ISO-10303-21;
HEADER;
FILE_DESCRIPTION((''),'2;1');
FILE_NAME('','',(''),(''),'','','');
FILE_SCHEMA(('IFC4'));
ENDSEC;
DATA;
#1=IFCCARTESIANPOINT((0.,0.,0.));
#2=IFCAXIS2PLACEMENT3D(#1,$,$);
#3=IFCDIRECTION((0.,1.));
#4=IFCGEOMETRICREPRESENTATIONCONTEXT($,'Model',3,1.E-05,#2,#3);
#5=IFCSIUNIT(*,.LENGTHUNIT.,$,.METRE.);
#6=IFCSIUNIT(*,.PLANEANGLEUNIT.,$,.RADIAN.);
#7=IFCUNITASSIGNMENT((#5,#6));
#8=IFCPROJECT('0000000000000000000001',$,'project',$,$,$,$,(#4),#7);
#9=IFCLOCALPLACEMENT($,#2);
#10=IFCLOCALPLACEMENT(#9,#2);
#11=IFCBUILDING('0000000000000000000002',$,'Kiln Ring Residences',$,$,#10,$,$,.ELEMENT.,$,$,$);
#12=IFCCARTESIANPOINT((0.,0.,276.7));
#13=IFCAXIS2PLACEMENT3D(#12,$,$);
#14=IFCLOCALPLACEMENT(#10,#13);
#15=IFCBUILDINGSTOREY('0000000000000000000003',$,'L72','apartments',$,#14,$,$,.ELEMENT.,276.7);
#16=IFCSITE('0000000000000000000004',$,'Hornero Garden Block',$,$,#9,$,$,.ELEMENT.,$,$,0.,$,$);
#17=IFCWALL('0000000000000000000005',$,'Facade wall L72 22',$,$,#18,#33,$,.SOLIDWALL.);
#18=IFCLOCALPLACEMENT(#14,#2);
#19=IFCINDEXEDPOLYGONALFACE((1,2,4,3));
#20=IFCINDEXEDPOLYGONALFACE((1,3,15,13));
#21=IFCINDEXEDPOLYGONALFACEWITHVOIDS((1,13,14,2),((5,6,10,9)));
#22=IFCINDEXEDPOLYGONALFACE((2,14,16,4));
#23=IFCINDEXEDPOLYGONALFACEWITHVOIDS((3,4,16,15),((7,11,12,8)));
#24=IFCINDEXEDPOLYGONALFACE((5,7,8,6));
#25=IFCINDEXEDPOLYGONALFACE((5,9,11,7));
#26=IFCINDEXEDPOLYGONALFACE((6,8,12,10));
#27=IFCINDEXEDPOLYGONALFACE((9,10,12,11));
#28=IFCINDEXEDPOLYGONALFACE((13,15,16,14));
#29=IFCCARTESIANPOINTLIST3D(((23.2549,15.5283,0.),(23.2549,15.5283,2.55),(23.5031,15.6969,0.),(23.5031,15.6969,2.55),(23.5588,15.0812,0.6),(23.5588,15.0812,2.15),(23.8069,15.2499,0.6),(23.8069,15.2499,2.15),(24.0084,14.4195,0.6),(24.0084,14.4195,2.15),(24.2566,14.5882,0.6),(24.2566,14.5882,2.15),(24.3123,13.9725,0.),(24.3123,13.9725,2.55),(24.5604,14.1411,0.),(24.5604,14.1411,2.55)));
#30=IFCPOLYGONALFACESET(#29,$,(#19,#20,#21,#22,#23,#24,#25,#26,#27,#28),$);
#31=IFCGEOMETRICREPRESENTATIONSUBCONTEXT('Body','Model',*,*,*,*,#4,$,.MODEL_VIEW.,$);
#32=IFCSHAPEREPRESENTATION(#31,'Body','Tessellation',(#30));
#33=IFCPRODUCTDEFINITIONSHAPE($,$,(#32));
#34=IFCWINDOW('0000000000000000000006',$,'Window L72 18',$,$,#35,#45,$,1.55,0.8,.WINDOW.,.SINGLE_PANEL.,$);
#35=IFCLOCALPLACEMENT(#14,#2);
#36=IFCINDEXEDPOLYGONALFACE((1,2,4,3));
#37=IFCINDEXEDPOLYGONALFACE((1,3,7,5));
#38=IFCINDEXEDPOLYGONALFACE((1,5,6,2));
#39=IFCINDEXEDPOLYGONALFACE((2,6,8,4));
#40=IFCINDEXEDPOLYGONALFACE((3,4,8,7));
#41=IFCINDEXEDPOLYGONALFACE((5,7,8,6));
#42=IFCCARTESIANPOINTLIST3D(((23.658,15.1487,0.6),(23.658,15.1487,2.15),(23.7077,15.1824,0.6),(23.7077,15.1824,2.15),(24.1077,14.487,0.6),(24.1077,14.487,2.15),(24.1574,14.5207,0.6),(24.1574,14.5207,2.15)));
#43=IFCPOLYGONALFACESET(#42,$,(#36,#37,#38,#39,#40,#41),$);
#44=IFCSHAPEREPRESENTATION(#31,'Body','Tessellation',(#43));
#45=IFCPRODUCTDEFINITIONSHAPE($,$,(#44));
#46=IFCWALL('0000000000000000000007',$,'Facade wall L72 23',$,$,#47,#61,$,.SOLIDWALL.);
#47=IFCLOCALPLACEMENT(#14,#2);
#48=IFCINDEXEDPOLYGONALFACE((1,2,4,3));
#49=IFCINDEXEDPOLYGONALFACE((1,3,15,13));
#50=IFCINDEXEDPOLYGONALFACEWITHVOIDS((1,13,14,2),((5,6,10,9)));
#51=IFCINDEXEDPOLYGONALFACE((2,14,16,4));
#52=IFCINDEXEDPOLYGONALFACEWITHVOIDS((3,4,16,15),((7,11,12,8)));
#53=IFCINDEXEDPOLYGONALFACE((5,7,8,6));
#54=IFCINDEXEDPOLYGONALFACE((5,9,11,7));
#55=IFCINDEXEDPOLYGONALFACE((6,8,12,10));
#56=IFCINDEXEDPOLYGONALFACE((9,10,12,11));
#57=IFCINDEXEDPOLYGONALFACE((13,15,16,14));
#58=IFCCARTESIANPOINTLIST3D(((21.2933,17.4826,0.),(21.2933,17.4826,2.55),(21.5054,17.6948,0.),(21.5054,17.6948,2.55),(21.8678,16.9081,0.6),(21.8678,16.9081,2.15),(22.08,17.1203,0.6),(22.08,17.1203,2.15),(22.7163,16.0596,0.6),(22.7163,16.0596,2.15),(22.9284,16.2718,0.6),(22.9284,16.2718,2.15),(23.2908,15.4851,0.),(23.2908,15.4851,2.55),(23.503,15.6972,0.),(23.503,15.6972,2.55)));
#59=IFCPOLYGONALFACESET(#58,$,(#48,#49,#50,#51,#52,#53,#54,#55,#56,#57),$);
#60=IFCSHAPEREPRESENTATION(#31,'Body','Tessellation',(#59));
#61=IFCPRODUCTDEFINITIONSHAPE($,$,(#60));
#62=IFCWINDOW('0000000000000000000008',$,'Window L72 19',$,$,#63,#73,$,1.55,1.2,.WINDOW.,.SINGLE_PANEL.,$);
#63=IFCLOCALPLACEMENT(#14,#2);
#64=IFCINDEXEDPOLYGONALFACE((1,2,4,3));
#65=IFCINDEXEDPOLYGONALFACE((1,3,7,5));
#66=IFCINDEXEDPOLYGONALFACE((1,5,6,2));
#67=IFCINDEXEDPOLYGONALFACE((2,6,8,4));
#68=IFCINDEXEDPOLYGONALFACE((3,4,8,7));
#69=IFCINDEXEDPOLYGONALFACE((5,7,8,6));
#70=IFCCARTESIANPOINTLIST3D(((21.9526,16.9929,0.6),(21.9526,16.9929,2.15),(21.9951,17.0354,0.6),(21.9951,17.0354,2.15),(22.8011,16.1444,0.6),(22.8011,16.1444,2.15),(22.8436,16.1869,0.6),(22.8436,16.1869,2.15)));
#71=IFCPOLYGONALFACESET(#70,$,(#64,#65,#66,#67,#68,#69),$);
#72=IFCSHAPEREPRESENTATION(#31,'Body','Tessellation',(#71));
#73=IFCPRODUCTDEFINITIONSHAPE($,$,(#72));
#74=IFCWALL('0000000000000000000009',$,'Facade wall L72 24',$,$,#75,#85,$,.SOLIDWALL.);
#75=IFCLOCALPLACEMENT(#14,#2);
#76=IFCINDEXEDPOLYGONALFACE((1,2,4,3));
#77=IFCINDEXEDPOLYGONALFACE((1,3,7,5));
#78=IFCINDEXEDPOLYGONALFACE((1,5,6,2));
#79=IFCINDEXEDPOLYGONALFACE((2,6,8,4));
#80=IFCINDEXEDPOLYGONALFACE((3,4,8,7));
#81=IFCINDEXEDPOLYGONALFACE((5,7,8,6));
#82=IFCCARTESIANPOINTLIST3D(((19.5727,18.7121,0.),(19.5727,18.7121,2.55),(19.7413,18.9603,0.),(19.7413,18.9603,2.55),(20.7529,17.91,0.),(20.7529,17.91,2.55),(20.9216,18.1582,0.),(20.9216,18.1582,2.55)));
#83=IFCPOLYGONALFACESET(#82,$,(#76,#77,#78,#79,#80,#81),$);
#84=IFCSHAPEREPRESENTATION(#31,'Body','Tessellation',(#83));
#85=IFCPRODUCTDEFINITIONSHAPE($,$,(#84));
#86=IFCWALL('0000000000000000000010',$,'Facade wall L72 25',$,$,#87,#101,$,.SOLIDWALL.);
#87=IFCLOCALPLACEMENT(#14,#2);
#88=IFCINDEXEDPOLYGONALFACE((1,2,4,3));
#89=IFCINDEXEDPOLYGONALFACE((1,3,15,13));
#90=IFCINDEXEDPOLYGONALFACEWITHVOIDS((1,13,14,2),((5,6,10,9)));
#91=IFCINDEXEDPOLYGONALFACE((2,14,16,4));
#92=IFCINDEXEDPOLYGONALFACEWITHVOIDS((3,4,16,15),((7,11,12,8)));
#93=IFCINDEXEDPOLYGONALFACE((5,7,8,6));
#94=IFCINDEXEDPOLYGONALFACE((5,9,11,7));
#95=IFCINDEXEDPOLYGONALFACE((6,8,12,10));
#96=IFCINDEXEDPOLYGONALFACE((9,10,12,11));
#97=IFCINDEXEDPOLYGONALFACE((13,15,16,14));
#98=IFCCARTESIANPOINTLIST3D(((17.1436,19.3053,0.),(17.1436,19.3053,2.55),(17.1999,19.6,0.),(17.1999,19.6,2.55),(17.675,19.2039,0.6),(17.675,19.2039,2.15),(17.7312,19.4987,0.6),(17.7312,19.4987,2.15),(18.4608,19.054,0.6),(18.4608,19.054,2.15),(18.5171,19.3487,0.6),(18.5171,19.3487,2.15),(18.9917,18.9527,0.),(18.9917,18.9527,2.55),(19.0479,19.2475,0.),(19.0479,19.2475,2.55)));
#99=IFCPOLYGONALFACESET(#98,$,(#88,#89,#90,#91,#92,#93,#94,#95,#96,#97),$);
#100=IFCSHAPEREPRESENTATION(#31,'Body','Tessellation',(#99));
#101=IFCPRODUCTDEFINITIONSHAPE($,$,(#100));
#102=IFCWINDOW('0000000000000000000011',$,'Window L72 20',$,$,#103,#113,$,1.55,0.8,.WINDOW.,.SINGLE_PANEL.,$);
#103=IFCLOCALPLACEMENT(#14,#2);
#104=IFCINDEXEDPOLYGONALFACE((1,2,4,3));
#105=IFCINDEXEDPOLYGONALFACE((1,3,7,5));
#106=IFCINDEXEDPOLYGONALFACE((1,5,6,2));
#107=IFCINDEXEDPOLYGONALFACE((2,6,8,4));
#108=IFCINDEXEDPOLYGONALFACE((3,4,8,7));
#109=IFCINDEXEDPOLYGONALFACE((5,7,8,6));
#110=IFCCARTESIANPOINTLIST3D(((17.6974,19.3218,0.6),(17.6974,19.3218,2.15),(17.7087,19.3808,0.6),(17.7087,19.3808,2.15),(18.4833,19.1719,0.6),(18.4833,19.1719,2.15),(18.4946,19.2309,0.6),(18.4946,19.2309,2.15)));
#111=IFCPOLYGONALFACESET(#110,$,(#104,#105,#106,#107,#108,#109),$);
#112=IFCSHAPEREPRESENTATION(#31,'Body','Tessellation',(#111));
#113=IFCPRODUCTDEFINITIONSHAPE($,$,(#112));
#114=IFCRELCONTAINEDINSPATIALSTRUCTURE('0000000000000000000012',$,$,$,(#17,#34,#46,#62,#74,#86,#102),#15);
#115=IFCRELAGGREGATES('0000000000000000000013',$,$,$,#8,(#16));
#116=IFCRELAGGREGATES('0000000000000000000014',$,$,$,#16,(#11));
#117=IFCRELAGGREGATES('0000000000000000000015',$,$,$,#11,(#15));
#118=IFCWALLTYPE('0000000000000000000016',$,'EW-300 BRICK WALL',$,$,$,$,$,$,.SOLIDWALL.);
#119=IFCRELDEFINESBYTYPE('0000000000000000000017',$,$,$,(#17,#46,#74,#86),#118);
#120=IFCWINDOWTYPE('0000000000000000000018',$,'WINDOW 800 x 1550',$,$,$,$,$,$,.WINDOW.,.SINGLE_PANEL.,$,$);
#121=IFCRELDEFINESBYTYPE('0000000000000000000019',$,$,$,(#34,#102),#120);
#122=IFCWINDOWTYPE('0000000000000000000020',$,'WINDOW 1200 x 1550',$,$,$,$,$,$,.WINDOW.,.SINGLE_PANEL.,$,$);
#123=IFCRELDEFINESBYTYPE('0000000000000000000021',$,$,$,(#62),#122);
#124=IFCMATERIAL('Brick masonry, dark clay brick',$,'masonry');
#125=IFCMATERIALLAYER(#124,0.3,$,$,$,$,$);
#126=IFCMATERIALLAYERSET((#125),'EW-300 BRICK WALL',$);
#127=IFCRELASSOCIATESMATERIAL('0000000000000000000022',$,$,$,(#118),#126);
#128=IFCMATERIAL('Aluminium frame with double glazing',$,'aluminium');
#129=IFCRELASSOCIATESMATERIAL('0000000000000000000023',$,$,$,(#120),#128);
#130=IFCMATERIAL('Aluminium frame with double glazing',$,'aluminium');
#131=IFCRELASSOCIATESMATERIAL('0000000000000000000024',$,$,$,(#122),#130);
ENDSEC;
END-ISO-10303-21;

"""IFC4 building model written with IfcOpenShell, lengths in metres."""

from ifc_helpers import new_model, si_unit, direction, frame, frame_2d, origin, place, context, subcontext, project, spatial, rectangle, extrude, material, layer, layer_set, type_object, element, fill, save


model = new_model("IFC4")

# Units and contexts
model_context = context("Model", 3, precision=1e-05, world=origin(), true_north=direction((0.0, 1.0)))
body_context = subcontext(model_context, "Body", "Model", "MODEL_VIEW")
ifc_project = project(units=[si_unit("LENGTHUNIT", "METRE"), si_unit("PLANEANGLEUNIT", "RADIAN")], contexts=[model_context])

# Site, building, storey
site_placement = place(None, origin())
site = spatial("IfcSite", under=ifc_project, at=site_placement, Name="Hornero Garden Block", CompositionType="ELEMENT", RefElevation=0.0)
building_placement = place(site_placement, origin())
building = spatial("IfcBuilding", under=site, at=building_placement, Name="Kiln Ring Residences", CompositionType="ELEMENT")
storey_placement = place(building_placement, frame((0.0, 0.0, 276.7)))
storey = spatial("IfcBuildingStorey", under=building, at=storey_placement, Name="L72", Description="apartments", CompositionType="ELEMENT", Elevation=276.7)

# Shared definitions
ifc_material_1 = material(Name="Brick masonry, dark clay brick", Category="masonry")
ifc_layer_1 = layer(ifc_material_1, 0.3)
ifc_layer_set_1 = layer_set([ifc_layer_1], Name="EW-300 BRICK WALL")
wall_type_1 = type_object("IfcWallType", Name="EW-300 BRICK WALL", PredefinedType="SOLIDWALL", material=ifc_layer_set_1)

# Walls, openings, windows
wall_1_placement = place(storey_placement, frame((24.4363, 14.0569, 0.0), z_axis=(0.0, 0.0, 1.0), x_axis=(-0.562076, 0.827086, 0.0)))
wall_1 = element("IfcWall", 1, at=wall_1_placement, inside=storey, type_object=wall_type_1, Name="Facade wall L72 22", PredefinedType="SOLIDWALL", context=body_context, shape_type="SweptSolid", body=[
    extrude(rectangle(XDim=1.8811, YDim=0.3, at=frame_2d((0.9404, 0.0))), origin(), (0.0, 0.0, 1.0), 2.55),
])
opening_1_placement = place(wall_1_placement, frame((0.5405, 0.0, 0.6001)))
opening_1 = element("IfcOpeningElement", 2, at=opening_1_placement, cuts=wall_1, PredefinedType="OPENING", context=body_context, shape_type="SweptSolid", body=[
    extrude(rectangle(XDim=0.8, YDim=1.55, at=frame_2d((0.3999, 0.7749))), frame((0.0, 0.1599, 0.0), z_axis=(0.0, -1.0, 0.0), x_axis=(1.0, 0.0, 0.0)), (0.0, 0.0, 1.0), 0.3201),
])
ifc_material_2 = material(Name="Aluminium frame with double glazing", Category="aluminium")
window_type_1 = type_object("IfcWindowType", Name="WINDOW 800 x 1550", PartitioningType="SINGLE_PANEL", PredefinedType="WINDOW", material=ifc_material_2)
window_1_placement = place(opening_1_placement, origin())
window_1 = element("IfcWindow", 3, at=window_1_placement, inside=storey, type_object=window_type_1, Name="Window L72 18", OverallHeight=1.55, OverallWidth=0.8, PartitioningType="SINGLE_PANEL", PredefinedType="WINDOW", context=body_context, shape_type="SweptSolid", body=[
    extrude(rectangle(XDim=0.8, YDim=1.55, at=frame_2d((0.3999, 0.7749))), frame((0.0, 0.03, 0.0), z_axis=(0.0, -1.0, 0.0), x_axis=(1.0, 0.0, 0.0)), (0.0, 0.0, 1.0), 0.0601),
])
fill(opening_1, window_1)
wall_2_placement = place(storey_placement, frame((23.397, 15.5911, 0.0), z_axis=(0.0, 0.0, 1.0), x_axis=(-0.707107, 0.707107, 0.0)))
wall_2 = element("IfcWall", 4, at=wall_2_placement, inside=storey, type_object=wall_type_1, Name="Facade wall L72 23", PredefinedType="SOLIDWALL", context=body_context, shape_type="SweptSolid", body=[
    extrude(rectangle(XDim=2.825, YDim=0.3, at=frame_2d((1.4126, 0.0))), origin(), (0.0, 0.0, 1.0), 2.55),
])
opening_2_placement = place(wall_2_placement, frame((0.8125, 0.0, 0.6001)))
opening_2 = element("IfcOpeningElement", 5, at=opening_2_placement, cuts=wall_2, PredefinedType="OPENING", context=body_context, shape_type="SweptSolid", body=[
    extrude(rectangle(XDim=1.2, YDim=1.55, at=frame_2d((0.6001, 0.7749))), frame((0.0, 0.1599, 0.0), z_axis=(0.0, -1.0, 0.0), x_axis=(1.0, 0.0, 0.0)), (0.0, 0.0, 1.0), 0.3201),
])
ifc_material_3 = material(Name="Aluminium frame with double glazing", Category="aluminium")
window_type_2 = type_object("IfcWindowType", Name="WINDOW 1200 x 1550", PartitioningType="SINGLE_PANEL", PredefinedType="WINDOW", material=ifc_material_3)
window_2_placement = place(opening_2_placement, origin())
window_2 = element("IfcWindow", 6, at=window_2_placement, inside=storey, type_object=window_type_2, Name="Window L72 19", OverallHeight=1.55, OverallWidth=1.2, PartitioningType="SINGLE_PANEL", PredefinedType="WINDOW", context=body_context, shape_type="SweptSolid", body=[
    extrude(rectangle(XDim=1.2, YDim=1.55, at=frame_2d((0.6001, 0.7749))), frame((0.0, 0.03, 0.0), z_axis=(0.0, -1.0, 0.0), x_axis=(1.0, 0.0, 0.0)), (0.0, 0.0, 1.0), 0.0601),
])
fill(opening_2, window_2)

# Wall
wall_3_placement = place(storey_placement, frame((20.8372, 18.0342, 0.0), z_axis=(0.0, 0.0, 1.0), x_axis=(-0.827095, 0.562062, 0.0)))
element("IfcWall", 7, at=wall_3_placement, inside=storey, type_object=wall_type_1, Name="Facade wall L72 24", PredefinedType="SOLIDWALL", context=body_context, shape_type="SweptSolid", body=[
    extrude(rectangle(XDim=1.427, YDim=0.3, at=frame_2d((0.7134, 0.0))), origin(), (0.0, 0.0, 1.0), 2.55),
])

# Wall, opening, window
wall_4_placement = place(storey_placement, frame((19.0198, 19.1001, 0.0), z_axis=(0.0, 0.0, 1.0), x_axis=(-0.982284, 0.187398, 0.0)))
wall_4 = element("IfcWall", 8, at=wall_4_placement, inside=storey, type_object=wall_type_1, Name="Facade wall L72 25", PredefinedType="SOLIDWALL", context=body_context, shape_type="SweptSolid", body=[
    extrude(rectangle(XDim=1.8813, YDim=0.3, at=frame_2d((0.9407, 0.0))), origin(), (0.0, 0.0, 1.0), 2.55),
])
opening_3_placement = place(wall_4_placement, frame((0.5405, 0.0, 0.6001)))
opening_3 = element("IfcOpeningElement", 9, at=opening_3_placement, cuts=wall_4, PredefinedType="OPENING", context=body_context, shape_type="SweptSolid", body=[
    extrude(rectangle(XDim=0.8, YDim=1.55, at=frame_2d((0.3999, 0.7749))), frame((0.0, 0.1599, 0.0), z_axis=(0.0, -1.0, 0.0), x_axis=(1.0, 0.0, 0.0)), (0.0, 0.0, 1.0), 0.3201),
])
window_3_placement = place(opening_3_placement, origin())
window_3 = element("IfcWindow", 10, at=window_3_placement, inside=storey, type_object=window_type_1, Name="Window L72 20", OverallHeight=1.55, OverallWidth=0.8, PartitioningType="SINGLE_PANEL", PredefinedType="WINDOW", context=body_context, shape_type="SweptSolid", body=[
    extrude(rectangle(XDim=0.8, YDim=1.55, at=frame_2d((0.3999, 0.7749))), frame((0.0, 0.03, 0.0), z_axis=(0.0, -1.0, 0.0), x_axis=(1.0, 0.0, 0.0)), (0.0, 0.0, 1.0), 0.0601),
])
fill(opening_3, window_3)

save(model, "model.ifc")
